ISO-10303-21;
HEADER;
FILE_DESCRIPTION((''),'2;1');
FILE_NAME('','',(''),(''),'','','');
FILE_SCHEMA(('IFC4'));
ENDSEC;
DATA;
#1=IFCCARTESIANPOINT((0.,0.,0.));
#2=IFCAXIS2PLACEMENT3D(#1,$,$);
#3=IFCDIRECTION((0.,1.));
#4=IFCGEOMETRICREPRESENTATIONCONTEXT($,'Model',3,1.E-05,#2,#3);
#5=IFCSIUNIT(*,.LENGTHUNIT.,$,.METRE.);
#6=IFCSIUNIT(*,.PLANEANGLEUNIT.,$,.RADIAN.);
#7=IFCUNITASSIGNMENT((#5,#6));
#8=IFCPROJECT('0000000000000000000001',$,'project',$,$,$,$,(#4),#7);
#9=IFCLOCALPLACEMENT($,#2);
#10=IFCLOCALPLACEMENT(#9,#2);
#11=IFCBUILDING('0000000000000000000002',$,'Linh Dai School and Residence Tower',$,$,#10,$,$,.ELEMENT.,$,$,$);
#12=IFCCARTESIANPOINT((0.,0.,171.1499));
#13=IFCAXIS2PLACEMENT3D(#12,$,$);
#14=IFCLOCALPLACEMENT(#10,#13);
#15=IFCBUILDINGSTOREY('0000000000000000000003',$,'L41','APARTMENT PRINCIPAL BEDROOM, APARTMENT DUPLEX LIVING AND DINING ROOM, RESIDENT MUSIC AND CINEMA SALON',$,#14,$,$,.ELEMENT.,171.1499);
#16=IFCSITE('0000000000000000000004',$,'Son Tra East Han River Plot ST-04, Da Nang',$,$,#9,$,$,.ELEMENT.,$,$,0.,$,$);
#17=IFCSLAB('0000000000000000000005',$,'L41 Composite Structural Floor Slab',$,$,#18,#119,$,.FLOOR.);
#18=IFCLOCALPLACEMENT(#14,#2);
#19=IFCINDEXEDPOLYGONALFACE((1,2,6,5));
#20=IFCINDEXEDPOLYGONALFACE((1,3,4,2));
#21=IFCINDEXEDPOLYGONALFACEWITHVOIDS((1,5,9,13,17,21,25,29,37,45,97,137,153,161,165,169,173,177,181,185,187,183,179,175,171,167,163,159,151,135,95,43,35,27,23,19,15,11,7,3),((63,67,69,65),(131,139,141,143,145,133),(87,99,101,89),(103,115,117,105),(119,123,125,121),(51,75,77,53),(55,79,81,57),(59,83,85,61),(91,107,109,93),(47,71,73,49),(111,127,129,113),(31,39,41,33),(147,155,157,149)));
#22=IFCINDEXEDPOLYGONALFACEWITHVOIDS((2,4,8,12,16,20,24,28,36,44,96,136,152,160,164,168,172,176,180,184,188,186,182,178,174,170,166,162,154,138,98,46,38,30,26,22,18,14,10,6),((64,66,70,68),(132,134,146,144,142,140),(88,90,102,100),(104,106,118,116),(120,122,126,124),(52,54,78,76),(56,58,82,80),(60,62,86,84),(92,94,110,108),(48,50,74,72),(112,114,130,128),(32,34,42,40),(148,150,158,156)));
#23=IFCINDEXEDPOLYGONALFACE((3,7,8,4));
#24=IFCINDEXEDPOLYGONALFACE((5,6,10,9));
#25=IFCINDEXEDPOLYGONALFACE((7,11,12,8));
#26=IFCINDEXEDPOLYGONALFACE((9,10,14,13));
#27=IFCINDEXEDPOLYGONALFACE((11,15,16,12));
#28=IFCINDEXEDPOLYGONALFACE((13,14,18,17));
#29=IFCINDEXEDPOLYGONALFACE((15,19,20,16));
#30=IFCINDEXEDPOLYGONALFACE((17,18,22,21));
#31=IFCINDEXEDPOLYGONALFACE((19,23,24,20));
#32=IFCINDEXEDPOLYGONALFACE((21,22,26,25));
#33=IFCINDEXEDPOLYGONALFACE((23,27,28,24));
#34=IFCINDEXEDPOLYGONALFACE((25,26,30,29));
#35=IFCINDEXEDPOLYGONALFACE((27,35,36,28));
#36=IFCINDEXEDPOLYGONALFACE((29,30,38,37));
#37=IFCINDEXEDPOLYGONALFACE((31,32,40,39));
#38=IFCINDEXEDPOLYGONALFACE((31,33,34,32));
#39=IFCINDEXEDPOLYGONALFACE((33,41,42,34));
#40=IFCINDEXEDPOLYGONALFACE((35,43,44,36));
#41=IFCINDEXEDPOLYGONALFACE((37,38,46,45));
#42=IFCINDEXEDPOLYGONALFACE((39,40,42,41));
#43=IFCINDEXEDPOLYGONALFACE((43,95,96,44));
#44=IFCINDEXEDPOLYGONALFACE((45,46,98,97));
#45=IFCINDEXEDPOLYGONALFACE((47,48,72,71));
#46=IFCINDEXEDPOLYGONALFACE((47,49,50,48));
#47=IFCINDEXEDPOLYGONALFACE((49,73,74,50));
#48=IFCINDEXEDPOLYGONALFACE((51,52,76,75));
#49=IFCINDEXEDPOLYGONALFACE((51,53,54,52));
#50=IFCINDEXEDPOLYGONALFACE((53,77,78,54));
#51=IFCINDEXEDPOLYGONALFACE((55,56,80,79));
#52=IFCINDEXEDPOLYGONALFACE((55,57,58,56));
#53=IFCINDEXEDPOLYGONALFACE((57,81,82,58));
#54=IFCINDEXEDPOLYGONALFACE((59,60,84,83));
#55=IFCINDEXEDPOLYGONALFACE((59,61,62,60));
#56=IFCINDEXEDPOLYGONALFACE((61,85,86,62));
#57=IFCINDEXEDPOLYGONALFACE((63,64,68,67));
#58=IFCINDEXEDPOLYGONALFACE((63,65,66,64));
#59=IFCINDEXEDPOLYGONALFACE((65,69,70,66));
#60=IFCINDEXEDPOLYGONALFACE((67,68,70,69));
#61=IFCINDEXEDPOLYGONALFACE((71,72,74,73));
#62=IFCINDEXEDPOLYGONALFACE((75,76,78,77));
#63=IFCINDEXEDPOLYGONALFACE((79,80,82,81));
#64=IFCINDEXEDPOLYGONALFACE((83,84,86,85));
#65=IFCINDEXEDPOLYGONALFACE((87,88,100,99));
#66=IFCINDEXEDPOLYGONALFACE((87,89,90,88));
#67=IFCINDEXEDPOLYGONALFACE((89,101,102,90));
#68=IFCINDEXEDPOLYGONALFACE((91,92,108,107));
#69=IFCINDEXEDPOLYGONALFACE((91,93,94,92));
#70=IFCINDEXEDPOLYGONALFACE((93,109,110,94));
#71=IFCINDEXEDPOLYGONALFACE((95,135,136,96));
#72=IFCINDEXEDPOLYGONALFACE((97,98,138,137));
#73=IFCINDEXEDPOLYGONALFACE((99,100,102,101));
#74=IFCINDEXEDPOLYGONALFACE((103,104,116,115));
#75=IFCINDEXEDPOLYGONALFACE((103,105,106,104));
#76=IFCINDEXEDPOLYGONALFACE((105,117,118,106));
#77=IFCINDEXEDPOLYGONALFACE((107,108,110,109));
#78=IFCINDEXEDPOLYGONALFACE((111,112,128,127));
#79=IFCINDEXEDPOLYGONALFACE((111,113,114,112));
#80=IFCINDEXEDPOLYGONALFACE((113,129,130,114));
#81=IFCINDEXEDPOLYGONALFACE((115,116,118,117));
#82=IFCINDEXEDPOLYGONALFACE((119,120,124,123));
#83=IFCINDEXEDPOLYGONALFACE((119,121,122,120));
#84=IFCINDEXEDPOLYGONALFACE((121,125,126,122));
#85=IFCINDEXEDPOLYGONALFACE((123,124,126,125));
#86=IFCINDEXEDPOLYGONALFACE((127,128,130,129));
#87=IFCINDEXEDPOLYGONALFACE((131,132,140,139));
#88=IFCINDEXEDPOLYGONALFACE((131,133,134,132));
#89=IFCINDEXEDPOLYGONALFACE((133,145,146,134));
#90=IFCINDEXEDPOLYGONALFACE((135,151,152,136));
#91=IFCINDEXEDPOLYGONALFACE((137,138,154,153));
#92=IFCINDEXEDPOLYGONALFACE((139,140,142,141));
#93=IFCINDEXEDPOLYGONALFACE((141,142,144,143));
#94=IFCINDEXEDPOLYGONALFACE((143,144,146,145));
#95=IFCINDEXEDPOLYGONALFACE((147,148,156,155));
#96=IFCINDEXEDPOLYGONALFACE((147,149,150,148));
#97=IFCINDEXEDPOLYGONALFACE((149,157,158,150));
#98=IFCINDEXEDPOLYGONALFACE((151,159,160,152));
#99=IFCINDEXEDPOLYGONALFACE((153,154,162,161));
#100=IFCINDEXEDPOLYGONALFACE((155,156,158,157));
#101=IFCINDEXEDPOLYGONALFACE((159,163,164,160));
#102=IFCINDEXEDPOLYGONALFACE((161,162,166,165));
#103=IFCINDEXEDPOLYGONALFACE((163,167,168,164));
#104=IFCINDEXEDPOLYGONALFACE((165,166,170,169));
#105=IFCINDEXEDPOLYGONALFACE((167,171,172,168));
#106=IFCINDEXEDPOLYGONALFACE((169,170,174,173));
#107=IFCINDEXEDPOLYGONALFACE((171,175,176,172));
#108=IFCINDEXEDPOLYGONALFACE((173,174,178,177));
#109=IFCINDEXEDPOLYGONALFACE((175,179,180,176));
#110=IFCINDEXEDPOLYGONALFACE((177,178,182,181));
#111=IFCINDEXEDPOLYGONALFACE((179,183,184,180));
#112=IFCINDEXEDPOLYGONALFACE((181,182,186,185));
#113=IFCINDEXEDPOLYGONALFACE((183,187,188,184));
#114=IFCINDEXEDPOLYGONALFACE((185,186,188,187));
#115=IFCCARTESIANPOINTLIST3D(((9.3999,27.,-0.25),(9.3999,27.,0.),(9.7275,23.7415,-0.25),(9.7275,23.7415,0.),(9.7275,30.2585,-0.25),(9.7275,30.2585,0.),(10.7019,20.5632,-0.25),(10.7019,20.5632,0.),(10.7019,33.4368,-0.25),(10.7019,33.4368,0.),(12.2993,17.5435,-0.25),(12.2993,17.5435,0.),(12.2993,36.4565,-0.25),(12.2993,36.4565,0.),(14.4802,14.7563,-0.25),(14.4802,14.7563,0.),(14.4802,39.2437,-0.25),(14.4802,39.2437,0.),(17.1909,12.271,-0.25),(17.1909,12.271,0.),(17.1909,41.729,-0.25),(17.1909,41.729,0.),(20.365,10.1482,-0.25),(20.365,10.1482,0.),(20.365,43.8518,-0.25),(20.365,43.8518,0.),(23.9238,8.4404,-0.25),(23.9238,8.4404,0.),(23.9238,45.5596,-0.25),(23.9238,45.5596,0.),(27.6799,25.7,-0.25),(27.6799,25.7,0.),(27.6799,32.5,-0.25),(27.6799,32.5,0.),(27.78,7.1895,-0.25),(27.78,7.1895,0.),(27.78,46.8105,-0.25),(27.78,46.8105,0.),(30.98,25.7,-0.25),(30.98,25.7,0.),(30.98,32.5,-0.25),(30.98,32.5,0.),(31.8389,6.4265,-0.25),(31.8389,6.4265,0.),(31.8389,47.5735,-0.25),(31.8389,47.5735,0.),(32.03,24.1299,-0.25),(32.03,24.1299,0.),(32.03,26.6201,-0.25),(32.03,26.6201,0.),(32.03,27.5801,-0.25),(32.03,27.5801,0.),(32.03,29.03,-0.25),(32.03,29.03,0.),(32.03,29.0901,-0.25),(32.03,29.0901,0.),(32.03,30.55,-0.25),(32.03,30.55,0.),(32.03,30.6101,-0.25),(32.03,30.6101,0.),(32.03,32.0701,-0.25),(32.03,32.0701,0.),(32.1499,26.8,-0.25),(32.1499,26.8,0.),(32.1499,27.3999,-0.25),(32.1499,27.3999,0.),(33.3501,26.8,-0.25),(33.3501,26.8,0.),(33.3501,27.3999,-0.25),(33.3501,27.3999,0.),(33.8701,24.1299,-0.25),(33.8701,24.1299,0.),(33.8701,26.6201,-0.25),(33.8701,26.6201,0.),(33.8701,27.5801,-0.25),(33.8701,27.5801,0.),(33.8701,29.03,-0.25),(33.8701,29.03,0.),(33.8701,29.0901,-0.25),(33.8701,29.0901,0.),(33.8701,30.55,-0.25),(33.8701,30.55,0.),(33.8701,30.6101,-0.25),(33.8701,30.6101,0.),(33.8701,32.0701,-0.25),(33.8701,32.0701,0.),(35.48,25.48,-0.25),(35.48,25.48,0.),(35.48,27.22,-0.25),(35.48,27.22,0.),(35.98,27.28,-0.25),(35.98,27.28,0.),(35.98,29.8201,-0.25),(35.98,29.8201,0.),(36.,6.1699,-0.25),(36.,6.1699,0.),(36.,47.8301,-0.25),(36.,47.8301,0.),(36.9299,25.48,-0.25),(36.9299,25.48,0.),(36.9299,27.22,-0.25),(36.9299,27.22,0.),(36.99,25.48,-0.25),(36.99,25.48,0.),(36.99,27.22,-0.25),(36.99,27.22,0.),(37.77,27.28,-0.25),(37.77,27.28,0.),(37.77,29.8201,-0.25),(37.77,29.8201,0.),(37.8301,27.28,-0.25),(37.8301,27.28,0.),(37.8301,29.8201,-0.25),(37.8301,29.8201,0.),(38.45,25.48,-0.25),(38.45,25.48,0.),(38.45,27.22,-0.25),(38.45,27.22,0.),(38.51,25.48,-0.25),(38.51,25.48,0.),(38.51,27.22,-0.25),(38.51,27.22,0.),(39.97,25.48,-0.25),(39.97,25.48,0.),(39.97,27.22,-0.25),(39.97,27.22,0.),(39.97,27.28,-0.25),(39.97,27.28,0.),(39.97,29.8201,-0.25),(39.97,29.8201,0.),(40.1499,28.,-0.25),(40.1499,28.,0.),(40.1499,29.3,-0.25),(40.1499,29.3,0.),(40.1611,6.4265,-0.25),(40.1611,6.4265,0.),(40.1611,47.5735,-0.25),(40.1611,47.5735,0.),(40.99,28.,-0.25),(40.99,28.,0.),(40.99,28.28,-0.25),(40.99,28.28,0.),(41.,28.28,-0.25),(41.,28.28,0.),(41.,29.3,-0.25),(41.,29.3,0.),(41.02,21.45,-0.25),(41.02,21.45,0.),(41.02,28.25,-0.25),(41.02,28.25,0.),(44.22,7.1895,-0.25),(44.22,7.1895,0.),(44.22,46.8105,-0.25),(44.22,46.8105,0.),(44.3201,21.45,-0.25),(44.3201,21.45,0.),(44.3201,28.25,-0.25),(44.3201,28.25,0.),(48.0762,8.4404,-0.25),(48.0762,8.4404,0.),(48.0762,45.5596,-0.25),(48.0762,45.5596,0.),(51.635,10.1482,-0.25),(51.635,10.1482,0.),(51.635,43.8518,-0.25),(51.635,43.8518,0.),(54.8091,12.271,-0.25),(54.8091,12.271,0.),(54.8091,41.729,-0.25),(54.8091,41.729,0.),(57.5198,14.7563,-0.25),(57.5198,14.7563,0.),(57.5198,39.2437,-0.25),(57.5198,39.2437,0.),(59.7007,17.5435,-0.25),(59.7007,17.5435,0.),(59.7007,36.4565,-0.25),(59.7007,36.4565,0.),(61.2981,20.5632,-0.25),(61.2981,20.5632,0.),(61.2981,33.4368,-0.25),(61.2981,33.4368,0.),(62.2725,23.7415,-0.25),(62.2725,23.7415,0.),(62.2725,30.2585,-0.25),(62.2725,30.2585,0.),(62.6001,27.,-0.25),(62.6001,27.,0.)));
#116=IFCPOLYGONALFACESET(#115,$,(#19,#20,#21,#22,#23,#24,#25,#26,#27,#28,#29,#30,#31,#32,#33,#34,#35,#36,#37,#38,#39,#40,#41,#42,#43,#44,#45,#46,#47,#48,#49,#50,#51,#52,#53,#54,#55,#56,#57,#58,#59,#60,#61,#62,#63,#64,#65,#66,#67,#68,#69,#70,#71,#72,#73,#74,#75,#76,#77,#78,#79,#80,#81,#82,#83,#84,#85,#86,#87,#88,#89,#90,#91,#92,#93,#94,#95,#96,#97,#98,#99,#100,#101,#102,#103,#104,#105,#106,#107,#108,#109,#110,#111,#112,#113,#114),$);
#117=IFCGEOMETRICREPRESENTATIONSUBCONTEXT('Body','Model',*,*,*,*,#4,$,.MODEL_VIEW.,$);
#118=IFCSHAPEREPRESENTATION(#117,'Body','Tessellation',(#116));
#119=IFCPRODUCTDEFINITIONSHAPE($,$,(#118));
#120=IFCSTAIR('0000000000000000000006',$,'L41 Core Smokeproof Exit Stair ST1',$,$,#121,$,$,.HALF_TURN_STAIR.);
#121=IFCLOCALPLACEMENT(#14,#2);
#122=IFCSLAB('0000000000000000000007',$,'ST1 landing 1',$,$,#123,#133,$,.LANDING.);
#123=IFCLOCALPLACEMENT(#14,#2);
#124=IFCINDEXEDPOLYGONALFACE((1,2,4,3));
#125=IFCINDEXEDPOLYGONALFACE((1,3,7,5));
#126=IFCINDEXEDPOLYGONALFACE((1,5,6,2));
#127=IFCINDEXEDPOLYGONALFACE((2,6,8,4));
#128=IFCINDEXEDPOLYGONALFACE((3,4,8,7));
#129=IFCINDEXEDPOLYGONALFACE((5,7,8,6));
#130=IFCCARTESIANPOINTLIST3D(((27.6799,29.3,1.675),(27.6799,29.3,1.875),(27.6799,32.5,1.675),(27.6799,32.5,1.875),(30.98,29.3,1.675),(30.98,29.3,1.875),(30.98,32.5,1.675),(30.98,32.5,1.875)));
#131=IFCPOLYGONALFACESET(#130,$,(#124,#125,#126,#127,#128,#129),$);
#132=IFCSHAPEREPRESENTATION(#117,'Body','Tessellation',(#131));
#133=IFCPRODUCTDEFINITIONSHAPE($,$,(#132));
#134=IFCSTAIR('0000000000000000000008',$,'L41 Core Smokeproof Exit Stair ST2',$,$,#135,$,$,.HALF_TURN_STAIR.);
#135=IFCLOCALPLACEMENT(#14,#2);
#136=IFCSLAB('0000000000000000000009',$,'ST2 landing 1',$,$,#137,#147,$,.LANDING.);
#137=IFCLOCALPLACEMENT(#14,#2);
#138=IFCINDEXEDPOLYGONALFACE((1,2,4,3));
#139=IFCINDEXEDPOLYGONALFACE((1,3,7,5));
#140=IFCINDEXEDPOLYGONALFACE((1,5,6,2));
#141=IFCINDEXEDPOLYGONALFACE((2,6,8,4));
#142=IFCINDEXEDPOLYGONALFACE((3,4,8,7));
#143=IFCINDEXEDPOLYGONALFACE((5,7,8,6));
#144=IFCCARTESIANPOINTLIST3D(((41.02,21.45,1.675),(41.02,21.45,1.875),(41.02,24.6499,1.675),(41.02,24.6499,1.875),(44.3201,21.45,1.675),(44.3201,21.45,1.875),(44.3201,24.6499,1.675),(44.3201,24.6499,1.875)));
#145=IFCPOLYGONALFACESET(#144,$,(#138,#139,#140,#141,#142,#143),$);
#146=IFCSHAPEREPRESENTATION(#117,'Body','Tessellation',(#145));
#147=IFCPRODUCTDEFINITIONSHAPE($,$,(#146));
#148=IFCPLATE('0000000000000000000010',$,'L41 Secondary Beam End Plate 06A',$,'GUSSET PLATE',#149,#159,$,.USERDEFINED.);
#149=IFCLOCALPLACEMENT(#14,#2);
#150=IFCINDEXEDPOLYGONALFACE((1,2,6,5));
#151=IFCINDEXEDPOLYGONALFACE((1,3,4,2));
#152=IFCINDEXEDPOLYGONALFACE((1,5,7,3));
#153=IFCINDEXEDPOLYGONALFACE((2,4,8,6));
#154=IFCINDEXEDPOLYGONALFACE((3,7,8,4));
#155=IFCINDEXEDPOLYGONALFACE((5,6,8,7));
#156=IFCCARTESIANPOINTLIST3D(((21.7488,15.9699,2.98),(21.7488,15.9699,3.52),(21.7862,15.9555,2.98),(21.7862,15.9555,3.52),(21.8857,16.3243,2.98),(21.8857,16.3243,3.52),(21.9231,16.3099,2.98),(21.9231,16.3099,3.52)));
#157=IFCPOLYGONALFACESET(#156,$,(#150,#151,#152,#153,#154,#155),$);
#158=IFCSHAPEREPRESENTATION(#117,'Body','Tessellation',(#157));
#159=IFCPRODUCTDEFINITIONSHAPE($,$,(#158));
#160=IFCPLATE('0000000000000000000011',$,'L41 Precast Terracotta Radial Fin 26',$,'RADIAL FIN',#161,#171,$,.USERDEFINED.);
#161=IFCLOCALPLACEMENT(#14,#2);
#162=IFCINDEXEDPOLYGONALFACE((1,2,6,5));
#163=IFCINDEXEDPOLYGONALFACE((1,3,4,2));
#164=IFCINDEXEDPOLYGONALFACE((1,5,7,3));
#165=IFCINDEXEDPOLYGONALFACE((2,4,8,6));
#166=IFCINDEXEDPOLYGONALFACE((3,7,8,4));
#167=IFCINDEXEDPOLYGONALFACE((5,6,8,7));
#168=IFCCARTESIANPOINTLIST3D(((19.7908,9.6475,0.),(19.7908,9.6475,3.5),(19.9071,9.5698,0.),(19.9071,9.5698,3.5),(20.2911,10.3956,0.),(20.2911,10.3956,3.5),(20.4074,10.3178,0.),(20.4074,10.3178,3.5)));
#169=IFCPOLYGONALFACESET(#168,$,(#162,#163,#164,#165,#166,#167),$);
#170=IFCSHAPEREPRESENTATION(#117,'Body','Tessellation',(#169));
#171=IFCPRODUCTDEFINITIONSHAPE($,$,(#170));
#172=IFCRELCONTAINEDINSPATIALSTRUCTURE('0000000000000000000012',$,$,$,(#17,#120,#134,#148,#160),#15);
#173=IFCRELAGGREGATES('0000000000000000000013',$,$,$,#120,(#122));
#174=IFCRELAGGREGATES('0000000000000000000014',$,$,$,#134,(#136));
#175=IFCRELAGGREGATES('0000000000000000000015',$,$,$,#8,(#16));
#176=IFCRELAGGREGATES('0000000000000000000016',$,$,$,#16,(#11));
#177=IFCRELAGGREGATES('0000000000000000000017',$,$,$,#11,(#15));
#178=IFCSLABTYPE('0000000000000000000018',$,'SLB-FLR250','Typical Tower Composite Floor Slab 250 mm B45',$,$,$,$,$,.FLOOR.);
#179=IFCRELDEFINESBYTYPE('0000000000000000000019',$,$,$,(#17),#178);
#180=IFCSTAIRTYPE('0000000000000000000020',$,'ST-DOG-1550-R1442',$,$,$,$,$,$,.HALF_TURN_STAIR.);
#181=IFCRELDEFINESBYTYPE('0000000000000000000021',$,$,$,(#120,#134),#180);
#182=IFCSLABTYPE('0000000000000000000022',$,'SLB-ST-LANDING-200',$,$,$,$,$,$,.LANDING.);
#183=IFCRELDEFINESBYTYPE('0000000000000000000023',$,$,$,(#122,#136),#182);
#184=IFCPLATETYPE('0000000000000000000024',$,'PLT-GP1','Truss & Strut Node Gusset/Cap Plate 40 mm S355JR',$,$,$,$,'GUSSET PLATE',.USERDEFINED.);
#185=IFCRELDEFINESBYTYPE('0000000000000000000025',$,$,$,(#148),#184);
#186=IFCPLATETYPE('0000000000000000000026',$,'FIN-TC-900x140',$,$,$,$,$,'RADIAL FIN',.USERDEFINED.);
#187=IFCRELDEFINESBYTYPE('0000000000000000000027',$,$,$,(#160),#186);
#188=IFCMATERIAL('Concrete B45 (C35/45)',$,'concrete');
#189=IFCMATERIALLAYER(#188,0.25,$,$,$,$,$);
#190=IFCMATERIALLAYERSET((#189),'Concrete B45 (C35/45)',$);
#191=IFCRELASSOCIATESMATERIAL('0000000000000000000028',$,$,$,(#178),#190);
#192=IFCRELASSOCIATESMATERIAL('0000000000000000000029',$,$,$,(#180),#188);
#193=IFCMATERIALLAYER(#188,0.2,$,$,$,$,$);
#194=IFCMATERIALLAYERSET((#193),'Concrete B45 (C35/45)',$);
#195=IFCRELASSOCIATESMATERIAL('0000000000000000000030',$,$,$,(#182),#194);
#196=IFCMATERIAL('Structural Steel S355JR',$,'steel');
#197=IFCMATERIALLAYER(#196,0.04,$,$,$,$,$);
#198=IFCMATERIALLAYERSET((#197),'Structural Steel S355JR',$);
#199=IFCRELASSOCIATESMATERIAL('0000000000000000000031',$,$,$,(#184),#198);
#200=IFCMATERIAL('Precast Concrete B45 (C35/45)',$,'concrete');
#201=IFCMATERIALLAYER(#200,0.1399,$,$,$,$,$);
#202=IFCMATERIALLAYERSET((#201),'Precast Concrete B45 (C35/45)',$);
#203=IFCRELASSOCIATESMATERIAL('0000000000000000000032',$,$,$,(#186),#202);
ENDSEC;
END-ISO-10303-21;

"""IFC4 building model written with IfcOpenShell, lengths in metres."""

from ifc_helpers import new_model, si_unit, direction, frame, origin, origin_2d, place, context, subcontext, project, spatial, polyline, rectangle, outline, extrude, source, transform, mapped, material, layer, layer_set, type_object, element, aggregate, save


model = new_model("IFC4")

# Units and contexts
model_context = context("Model", 3, precision=1e-05, world=origin(), true_north=direction((0.0, 1.0)))
body_context = subcontext(model_context, "Body", "Model", "MODEL_VIEW")
ifc_project = project(units=[si_unit("LENGTHUNIT", "METRE"), si_unit("PLANEANGLEUNIT", "RADIAN")], contexts=[model_context])

# Site, building, storey
site_placement = place(None, origin())
site = spatial("IfcSite", under=ifc_project, at=site_placement, Name="Son Tra East Han River Plot ST-04, Da Nang", CompositionType="ELEMENT", RefElevation=0.0)
building_placement = place(site_placement, origin())
building = spatial("IfcBuilding", under=site, at=building_placement, Name="Linh Dai School and Residence Tower", CompositionType="ELEMENT")
storey_placement = place(building_placement, frame((0.0, 0.0, 171.1499)))
storey = spatial("IfcBuildingStorey", under=building, at=storey_placement, Name="L41", Description="APARTMENT PRINCIPAL BEDROOM, APARTMENT DUPLEX LIVING AND DINING ROOM, RESIDENT MUSIC AND CINEMA SALON", CompositionType="ELEMENT", Elevation=171.1499)

# Shared definitions
ifc_material_1 = material(Name="Structural Steel S355JR", Category="steel")

# Slab
ifc_material_2 = material(Name="Concrete B45 (C35/45)", Category="concrete")
ifc_layer_1 = layer(ifc_material_2, 0.25)
ifc_layer_set_1 = layer_set([ifc_layer_1], Name="Concrete B45 (C35/45)")
slab_type_1 = type_object("IfcSlabType", Name="SLB-FLR250", Description="Typical Tower Composite Floor Slab 250 mm B45", PredefinedType="FLOOR", material=ifc_layer_set_1)
slab_1_placement = place(storey_placement, frame((0.0, 0.0, -0.25)))
element("IfcSlab", 1, at=slab_1_placement, inside=storey, type_object=slab_type_1, Name="L41 Composite Structural Floor Slab", PredefinedType="FLOOR", context=body_context, shape_type="SweptSolid", body=[
    extrude(outline(polyline([(62.6001, 27.0), (62.2725, 30.2585), (61.2981, 33.4368), (59.7007, 36.4565), (57.5198, 39.2437), (54.8091, 41.729), (51.635, 43.8518), (48.0762, 45.5596), (44.22, 46.8105), (40.1611, 47.5735), (36.0, 47.8301), (31.8389, 47.5735), (27.78, 46.8105), (23.9238, 45.5596), (20.365, 43.8518), (17.1909, 41.729), (14.4802, 39.2437), (12.2993, 36.4565), (10.7019, 33.4368), (9.7275, 30.2585), (9.3999, 27.0), (9.7275, 23.7415), (10.7019, 20.5632), (12.2993, 17.5435), (14.4802, 14.7563), (17.1909, 12.271), (20.365, 10.1482), (23.9238, 8.4404), (27.78, 7.1895), (31.8389, 6.4265), (36.0, 6.1699), (40.1611, 6.4265), (44.22, 7.1895), (48.0762, 8.4404), (51.635, 10.1482), (54.8091, 12.271), (57.5198, 14.7563), (59.7007, 17.5435), (61.2981, 20.5632), (62.2725, 23.7415), (62.6001, 27.0)]), holes=[polyline([(30.98, 25.7), (30.98, 32.5), (27.6799, 32.5), (27.6799, 25.7), (30.98, 25.7)]), polyline([(41.02, 28.25), (41.02, 21.45), (44.3201, 21.45), (44.3201, 28.25), (41.02, 28.25)]), polyline([(35.98, 27.28), (37.77, 27.28), (37.77, 29.8201), (35.98, 29.8201), (35.98, 27.28)]), polyline([(32.03, 24.1299), (33.8701, 24.1299), (33.8701, 26.6201), (32.03, 26.6201), (32.03, 24.1299)]), polyline([(37.8301, 27.28), (39.97, 27.28), (39.97, 29.8201), (37.8301, 29.8201), (37.8301, 27.28)]), polyline([(32.03, 27.5801), (33.8701, 27.5801), (33.8701, 29.03), (32.03, 29.03), (32.03, 27.5801)]), polyline([(32.03, 29.0901), (33.8701, 29.0901), (33.8701, 30.55), (32.03, 30.55), (32.03, 29.0901)]), polyline([(32.03, 30.6101), (33.8701, 30.6101), (33.8701, 32.0701), (32.03, 32.0701), (32.03, 30.6101)]), polyline([(35.48, 25.48), (36.9299, 25.48), (36.9299, 27.22), (35.48, 27.22), (35.48, 25.48)]), polyline([(36.99, 25.48), (38.45, 25.48), (38.45, 27.22), (36.99, 27.22), (36.99, 25.48)]), polyline([(38.51, 25.48), (39.97, 25.48), (39.97, 27.22), (38.51, 27.22), (38.51, 25.48)]), polyline([(40.1499, 28.0), (40.1499, 29.3), (41.0, 29.3), (41.0, 28.28), (40.99, 28.28), (40.99, 28.0), (40.1499, 28.0)]), polyline([(32.1499, 26.8), (33.3501, 26.8), (33.3501, 27.3999), (32.1499, 27.3999), (32.1499, 26.8)])]), origin(), (0.0, 0.0, 1.0), 0.25),
])

# Stairs, slabs
stair_type = type_object("IfcStairType", Name="ST-DOG-1550-R1442", PredefinedType="HALF_TURN_STAIR", material=ifc_material_2)
stair_1_placement = place(storey_placement, origin())
stair_1 = element("IfcStair", 2, at=stair_1_placement, inside=storey, type_object=stair_type, Name="L41 Core Smokeproof Exit Stair ST1", PredefinedType="HALF_TURN_STAIR")
ifc_layer_2 = layer(ifc_material_2, 0.2)
ifc_layer_set_2 = layer_set([ifc_layer_2], Name="Concrete B45 (C35/45)")
slab_type_2 = type_object("IfcSlabType", Name="SLB-ST-LANDING-200", PredefinedType="LANDING", material=ifc_layer_set_2)
slab_2_placement = place(storey_placement, frame((0.0, 0.0, 1.675)))
slab_2 = element("IfcSlab", 3, at=slab_2_placement, type_object=slab_type_2, Name="ST1 landing 1", PredefinedType="LANDING", context=body_context, shape_type="SweptSolid", body=[
    extrude(outline(polyline([(30.98, 29.3), (30.98, 32.5), (27.6799, 32.5), (27.6799, 29.3), (30.98, 29.3)])), origin(), (0.0, 0.0, 1.0), 0.2),
])
aggregate(stair_1, [slab_2])
stair_2_placement = place(storey_placement, origin())
stair_2 = element("IfcStair", 4, at=stair_2_placement, inside=storey, type_object=stair_type, Name="L41 Core Smokeproof Exit Stair ST2", PredefinedType="HALF_TURN_STAIR")
slab_3_placement = place(storey_placement, frame((0.0, 0.0, 1.675)))
slab_3 = element("IfcSlab", 5, at=slab_3_placement, type_object=slab_type_2, Name="ST2 landing 1", PredefinedType="LANDING", context=body_context, shape_type="SweptSolid", body=[
    extrude(outline(polyline([(41.02, 24.6499), (41.02, 21.45), (44.3201, 21.45), (44.3201, 24.6499), (41.02, 24.6499)])), origin(), (0.0, 0.0, 1.0), 0.2),
])
aggregate(stair_2, [slab_3])

# Plates
ifc_layer_3 = layer(ifc_material_1, 0.04)
ifc_layer_set_3 = layer_set([ifc_layer_3], Name="Structural Steel S355JR")
plate_type_1 = type_object("IfcPlateType", Name="PLT-GP1", Description="Truss & Strut Node Gusset/Cap Plate 40 mm S355JR", ElementType="GUSSET PLATE", PredefinedType="USERDEFINED", material=ifc_layer_set_3)
shared_shape_1 = source(origin(), body_context, "Body", "SweptSolid", [
    extrude(rectangle(XDim=0.04, YDim=0.3799, at=origin_2d()), origin(), (0.0, 0.0, 1.0), 0.54),
])
plate_1_placement = place(storey_placement, frame((21.8359, 16.1399, 2.98), z_axis=(0.0, 0.0, 1.0), x_axis=(0.932823, -0.360335, 0.0)))
element("IfcPlate", 6, at=plate_1_placement, inside=storey, type_object=plate_type_1, Name="L41 Secondary Beam End Plate 06A", ObjectType="GUSSET PLATE", PredefinedType="USERDEFINED", context=body_context, shape_type="MappedRepresentation", body=[
    mapped(shared_shape_1, transform((0.0, 0.0, 0.0), x_axis=(1.0, 0.0, 0.0), y_axis=(0.0, 1.0, 0.0), z_axis=(0.0, 0.0, 1.0), scale=1.0)),
])
ifc_material_3 = material(Name="Precast Concrete B45 (C35/45)", Category="concrete")
ifc_layer_4 = layer(ifc_material_3, 0.1399)
ifc_layer_set_4 = layer_set([ifc_layer_4], Name="Precast Concrete B45 (C35/45)")
plate_type_2 = type_object("IfcPlateType", Name="FIN-TC-900x140", ElementType="RADIAL FIN", PredefinedType="USERDEFINED", material=ifc_layer_set_4)
shared_shape_2 = source(origin(), body_context, "Body", "SweptSolid", [
    extrude(rectangle(XDim=0.8999, YDim=0.1399, at=origin_2d()), origin(), (0.0, 0.0, 1.0), 3.5),
])
plate_2_placement = place(storey_placement, frame((20.0991, 9.9827, 0.0), z_axis=(0.0, 0.0, 1.0), x_axis=(-0.555931, -0.831228, 0.0)))
element("IfcPlate", 7, at=plate_2_placement, inside=storey, type_object=plate_type_2, Name="L41 Precast Terracotta Radial Fin 26", ObjectType="RADIAL FIN", PredefinedType="USERDEFINED", context=body_context, shape_type="MappedRepresentation", body=[
    mapped(shared_shape_2, transform((0.0, 0.0, 0.0), x_axis=(1.0, 0.0, 0.0), y_axis=(0.0, 1.0, 0.0), z_axis=(0.0, 0.0, 1.0), scale=1.0)),
])

save(model, "model.ifc")
